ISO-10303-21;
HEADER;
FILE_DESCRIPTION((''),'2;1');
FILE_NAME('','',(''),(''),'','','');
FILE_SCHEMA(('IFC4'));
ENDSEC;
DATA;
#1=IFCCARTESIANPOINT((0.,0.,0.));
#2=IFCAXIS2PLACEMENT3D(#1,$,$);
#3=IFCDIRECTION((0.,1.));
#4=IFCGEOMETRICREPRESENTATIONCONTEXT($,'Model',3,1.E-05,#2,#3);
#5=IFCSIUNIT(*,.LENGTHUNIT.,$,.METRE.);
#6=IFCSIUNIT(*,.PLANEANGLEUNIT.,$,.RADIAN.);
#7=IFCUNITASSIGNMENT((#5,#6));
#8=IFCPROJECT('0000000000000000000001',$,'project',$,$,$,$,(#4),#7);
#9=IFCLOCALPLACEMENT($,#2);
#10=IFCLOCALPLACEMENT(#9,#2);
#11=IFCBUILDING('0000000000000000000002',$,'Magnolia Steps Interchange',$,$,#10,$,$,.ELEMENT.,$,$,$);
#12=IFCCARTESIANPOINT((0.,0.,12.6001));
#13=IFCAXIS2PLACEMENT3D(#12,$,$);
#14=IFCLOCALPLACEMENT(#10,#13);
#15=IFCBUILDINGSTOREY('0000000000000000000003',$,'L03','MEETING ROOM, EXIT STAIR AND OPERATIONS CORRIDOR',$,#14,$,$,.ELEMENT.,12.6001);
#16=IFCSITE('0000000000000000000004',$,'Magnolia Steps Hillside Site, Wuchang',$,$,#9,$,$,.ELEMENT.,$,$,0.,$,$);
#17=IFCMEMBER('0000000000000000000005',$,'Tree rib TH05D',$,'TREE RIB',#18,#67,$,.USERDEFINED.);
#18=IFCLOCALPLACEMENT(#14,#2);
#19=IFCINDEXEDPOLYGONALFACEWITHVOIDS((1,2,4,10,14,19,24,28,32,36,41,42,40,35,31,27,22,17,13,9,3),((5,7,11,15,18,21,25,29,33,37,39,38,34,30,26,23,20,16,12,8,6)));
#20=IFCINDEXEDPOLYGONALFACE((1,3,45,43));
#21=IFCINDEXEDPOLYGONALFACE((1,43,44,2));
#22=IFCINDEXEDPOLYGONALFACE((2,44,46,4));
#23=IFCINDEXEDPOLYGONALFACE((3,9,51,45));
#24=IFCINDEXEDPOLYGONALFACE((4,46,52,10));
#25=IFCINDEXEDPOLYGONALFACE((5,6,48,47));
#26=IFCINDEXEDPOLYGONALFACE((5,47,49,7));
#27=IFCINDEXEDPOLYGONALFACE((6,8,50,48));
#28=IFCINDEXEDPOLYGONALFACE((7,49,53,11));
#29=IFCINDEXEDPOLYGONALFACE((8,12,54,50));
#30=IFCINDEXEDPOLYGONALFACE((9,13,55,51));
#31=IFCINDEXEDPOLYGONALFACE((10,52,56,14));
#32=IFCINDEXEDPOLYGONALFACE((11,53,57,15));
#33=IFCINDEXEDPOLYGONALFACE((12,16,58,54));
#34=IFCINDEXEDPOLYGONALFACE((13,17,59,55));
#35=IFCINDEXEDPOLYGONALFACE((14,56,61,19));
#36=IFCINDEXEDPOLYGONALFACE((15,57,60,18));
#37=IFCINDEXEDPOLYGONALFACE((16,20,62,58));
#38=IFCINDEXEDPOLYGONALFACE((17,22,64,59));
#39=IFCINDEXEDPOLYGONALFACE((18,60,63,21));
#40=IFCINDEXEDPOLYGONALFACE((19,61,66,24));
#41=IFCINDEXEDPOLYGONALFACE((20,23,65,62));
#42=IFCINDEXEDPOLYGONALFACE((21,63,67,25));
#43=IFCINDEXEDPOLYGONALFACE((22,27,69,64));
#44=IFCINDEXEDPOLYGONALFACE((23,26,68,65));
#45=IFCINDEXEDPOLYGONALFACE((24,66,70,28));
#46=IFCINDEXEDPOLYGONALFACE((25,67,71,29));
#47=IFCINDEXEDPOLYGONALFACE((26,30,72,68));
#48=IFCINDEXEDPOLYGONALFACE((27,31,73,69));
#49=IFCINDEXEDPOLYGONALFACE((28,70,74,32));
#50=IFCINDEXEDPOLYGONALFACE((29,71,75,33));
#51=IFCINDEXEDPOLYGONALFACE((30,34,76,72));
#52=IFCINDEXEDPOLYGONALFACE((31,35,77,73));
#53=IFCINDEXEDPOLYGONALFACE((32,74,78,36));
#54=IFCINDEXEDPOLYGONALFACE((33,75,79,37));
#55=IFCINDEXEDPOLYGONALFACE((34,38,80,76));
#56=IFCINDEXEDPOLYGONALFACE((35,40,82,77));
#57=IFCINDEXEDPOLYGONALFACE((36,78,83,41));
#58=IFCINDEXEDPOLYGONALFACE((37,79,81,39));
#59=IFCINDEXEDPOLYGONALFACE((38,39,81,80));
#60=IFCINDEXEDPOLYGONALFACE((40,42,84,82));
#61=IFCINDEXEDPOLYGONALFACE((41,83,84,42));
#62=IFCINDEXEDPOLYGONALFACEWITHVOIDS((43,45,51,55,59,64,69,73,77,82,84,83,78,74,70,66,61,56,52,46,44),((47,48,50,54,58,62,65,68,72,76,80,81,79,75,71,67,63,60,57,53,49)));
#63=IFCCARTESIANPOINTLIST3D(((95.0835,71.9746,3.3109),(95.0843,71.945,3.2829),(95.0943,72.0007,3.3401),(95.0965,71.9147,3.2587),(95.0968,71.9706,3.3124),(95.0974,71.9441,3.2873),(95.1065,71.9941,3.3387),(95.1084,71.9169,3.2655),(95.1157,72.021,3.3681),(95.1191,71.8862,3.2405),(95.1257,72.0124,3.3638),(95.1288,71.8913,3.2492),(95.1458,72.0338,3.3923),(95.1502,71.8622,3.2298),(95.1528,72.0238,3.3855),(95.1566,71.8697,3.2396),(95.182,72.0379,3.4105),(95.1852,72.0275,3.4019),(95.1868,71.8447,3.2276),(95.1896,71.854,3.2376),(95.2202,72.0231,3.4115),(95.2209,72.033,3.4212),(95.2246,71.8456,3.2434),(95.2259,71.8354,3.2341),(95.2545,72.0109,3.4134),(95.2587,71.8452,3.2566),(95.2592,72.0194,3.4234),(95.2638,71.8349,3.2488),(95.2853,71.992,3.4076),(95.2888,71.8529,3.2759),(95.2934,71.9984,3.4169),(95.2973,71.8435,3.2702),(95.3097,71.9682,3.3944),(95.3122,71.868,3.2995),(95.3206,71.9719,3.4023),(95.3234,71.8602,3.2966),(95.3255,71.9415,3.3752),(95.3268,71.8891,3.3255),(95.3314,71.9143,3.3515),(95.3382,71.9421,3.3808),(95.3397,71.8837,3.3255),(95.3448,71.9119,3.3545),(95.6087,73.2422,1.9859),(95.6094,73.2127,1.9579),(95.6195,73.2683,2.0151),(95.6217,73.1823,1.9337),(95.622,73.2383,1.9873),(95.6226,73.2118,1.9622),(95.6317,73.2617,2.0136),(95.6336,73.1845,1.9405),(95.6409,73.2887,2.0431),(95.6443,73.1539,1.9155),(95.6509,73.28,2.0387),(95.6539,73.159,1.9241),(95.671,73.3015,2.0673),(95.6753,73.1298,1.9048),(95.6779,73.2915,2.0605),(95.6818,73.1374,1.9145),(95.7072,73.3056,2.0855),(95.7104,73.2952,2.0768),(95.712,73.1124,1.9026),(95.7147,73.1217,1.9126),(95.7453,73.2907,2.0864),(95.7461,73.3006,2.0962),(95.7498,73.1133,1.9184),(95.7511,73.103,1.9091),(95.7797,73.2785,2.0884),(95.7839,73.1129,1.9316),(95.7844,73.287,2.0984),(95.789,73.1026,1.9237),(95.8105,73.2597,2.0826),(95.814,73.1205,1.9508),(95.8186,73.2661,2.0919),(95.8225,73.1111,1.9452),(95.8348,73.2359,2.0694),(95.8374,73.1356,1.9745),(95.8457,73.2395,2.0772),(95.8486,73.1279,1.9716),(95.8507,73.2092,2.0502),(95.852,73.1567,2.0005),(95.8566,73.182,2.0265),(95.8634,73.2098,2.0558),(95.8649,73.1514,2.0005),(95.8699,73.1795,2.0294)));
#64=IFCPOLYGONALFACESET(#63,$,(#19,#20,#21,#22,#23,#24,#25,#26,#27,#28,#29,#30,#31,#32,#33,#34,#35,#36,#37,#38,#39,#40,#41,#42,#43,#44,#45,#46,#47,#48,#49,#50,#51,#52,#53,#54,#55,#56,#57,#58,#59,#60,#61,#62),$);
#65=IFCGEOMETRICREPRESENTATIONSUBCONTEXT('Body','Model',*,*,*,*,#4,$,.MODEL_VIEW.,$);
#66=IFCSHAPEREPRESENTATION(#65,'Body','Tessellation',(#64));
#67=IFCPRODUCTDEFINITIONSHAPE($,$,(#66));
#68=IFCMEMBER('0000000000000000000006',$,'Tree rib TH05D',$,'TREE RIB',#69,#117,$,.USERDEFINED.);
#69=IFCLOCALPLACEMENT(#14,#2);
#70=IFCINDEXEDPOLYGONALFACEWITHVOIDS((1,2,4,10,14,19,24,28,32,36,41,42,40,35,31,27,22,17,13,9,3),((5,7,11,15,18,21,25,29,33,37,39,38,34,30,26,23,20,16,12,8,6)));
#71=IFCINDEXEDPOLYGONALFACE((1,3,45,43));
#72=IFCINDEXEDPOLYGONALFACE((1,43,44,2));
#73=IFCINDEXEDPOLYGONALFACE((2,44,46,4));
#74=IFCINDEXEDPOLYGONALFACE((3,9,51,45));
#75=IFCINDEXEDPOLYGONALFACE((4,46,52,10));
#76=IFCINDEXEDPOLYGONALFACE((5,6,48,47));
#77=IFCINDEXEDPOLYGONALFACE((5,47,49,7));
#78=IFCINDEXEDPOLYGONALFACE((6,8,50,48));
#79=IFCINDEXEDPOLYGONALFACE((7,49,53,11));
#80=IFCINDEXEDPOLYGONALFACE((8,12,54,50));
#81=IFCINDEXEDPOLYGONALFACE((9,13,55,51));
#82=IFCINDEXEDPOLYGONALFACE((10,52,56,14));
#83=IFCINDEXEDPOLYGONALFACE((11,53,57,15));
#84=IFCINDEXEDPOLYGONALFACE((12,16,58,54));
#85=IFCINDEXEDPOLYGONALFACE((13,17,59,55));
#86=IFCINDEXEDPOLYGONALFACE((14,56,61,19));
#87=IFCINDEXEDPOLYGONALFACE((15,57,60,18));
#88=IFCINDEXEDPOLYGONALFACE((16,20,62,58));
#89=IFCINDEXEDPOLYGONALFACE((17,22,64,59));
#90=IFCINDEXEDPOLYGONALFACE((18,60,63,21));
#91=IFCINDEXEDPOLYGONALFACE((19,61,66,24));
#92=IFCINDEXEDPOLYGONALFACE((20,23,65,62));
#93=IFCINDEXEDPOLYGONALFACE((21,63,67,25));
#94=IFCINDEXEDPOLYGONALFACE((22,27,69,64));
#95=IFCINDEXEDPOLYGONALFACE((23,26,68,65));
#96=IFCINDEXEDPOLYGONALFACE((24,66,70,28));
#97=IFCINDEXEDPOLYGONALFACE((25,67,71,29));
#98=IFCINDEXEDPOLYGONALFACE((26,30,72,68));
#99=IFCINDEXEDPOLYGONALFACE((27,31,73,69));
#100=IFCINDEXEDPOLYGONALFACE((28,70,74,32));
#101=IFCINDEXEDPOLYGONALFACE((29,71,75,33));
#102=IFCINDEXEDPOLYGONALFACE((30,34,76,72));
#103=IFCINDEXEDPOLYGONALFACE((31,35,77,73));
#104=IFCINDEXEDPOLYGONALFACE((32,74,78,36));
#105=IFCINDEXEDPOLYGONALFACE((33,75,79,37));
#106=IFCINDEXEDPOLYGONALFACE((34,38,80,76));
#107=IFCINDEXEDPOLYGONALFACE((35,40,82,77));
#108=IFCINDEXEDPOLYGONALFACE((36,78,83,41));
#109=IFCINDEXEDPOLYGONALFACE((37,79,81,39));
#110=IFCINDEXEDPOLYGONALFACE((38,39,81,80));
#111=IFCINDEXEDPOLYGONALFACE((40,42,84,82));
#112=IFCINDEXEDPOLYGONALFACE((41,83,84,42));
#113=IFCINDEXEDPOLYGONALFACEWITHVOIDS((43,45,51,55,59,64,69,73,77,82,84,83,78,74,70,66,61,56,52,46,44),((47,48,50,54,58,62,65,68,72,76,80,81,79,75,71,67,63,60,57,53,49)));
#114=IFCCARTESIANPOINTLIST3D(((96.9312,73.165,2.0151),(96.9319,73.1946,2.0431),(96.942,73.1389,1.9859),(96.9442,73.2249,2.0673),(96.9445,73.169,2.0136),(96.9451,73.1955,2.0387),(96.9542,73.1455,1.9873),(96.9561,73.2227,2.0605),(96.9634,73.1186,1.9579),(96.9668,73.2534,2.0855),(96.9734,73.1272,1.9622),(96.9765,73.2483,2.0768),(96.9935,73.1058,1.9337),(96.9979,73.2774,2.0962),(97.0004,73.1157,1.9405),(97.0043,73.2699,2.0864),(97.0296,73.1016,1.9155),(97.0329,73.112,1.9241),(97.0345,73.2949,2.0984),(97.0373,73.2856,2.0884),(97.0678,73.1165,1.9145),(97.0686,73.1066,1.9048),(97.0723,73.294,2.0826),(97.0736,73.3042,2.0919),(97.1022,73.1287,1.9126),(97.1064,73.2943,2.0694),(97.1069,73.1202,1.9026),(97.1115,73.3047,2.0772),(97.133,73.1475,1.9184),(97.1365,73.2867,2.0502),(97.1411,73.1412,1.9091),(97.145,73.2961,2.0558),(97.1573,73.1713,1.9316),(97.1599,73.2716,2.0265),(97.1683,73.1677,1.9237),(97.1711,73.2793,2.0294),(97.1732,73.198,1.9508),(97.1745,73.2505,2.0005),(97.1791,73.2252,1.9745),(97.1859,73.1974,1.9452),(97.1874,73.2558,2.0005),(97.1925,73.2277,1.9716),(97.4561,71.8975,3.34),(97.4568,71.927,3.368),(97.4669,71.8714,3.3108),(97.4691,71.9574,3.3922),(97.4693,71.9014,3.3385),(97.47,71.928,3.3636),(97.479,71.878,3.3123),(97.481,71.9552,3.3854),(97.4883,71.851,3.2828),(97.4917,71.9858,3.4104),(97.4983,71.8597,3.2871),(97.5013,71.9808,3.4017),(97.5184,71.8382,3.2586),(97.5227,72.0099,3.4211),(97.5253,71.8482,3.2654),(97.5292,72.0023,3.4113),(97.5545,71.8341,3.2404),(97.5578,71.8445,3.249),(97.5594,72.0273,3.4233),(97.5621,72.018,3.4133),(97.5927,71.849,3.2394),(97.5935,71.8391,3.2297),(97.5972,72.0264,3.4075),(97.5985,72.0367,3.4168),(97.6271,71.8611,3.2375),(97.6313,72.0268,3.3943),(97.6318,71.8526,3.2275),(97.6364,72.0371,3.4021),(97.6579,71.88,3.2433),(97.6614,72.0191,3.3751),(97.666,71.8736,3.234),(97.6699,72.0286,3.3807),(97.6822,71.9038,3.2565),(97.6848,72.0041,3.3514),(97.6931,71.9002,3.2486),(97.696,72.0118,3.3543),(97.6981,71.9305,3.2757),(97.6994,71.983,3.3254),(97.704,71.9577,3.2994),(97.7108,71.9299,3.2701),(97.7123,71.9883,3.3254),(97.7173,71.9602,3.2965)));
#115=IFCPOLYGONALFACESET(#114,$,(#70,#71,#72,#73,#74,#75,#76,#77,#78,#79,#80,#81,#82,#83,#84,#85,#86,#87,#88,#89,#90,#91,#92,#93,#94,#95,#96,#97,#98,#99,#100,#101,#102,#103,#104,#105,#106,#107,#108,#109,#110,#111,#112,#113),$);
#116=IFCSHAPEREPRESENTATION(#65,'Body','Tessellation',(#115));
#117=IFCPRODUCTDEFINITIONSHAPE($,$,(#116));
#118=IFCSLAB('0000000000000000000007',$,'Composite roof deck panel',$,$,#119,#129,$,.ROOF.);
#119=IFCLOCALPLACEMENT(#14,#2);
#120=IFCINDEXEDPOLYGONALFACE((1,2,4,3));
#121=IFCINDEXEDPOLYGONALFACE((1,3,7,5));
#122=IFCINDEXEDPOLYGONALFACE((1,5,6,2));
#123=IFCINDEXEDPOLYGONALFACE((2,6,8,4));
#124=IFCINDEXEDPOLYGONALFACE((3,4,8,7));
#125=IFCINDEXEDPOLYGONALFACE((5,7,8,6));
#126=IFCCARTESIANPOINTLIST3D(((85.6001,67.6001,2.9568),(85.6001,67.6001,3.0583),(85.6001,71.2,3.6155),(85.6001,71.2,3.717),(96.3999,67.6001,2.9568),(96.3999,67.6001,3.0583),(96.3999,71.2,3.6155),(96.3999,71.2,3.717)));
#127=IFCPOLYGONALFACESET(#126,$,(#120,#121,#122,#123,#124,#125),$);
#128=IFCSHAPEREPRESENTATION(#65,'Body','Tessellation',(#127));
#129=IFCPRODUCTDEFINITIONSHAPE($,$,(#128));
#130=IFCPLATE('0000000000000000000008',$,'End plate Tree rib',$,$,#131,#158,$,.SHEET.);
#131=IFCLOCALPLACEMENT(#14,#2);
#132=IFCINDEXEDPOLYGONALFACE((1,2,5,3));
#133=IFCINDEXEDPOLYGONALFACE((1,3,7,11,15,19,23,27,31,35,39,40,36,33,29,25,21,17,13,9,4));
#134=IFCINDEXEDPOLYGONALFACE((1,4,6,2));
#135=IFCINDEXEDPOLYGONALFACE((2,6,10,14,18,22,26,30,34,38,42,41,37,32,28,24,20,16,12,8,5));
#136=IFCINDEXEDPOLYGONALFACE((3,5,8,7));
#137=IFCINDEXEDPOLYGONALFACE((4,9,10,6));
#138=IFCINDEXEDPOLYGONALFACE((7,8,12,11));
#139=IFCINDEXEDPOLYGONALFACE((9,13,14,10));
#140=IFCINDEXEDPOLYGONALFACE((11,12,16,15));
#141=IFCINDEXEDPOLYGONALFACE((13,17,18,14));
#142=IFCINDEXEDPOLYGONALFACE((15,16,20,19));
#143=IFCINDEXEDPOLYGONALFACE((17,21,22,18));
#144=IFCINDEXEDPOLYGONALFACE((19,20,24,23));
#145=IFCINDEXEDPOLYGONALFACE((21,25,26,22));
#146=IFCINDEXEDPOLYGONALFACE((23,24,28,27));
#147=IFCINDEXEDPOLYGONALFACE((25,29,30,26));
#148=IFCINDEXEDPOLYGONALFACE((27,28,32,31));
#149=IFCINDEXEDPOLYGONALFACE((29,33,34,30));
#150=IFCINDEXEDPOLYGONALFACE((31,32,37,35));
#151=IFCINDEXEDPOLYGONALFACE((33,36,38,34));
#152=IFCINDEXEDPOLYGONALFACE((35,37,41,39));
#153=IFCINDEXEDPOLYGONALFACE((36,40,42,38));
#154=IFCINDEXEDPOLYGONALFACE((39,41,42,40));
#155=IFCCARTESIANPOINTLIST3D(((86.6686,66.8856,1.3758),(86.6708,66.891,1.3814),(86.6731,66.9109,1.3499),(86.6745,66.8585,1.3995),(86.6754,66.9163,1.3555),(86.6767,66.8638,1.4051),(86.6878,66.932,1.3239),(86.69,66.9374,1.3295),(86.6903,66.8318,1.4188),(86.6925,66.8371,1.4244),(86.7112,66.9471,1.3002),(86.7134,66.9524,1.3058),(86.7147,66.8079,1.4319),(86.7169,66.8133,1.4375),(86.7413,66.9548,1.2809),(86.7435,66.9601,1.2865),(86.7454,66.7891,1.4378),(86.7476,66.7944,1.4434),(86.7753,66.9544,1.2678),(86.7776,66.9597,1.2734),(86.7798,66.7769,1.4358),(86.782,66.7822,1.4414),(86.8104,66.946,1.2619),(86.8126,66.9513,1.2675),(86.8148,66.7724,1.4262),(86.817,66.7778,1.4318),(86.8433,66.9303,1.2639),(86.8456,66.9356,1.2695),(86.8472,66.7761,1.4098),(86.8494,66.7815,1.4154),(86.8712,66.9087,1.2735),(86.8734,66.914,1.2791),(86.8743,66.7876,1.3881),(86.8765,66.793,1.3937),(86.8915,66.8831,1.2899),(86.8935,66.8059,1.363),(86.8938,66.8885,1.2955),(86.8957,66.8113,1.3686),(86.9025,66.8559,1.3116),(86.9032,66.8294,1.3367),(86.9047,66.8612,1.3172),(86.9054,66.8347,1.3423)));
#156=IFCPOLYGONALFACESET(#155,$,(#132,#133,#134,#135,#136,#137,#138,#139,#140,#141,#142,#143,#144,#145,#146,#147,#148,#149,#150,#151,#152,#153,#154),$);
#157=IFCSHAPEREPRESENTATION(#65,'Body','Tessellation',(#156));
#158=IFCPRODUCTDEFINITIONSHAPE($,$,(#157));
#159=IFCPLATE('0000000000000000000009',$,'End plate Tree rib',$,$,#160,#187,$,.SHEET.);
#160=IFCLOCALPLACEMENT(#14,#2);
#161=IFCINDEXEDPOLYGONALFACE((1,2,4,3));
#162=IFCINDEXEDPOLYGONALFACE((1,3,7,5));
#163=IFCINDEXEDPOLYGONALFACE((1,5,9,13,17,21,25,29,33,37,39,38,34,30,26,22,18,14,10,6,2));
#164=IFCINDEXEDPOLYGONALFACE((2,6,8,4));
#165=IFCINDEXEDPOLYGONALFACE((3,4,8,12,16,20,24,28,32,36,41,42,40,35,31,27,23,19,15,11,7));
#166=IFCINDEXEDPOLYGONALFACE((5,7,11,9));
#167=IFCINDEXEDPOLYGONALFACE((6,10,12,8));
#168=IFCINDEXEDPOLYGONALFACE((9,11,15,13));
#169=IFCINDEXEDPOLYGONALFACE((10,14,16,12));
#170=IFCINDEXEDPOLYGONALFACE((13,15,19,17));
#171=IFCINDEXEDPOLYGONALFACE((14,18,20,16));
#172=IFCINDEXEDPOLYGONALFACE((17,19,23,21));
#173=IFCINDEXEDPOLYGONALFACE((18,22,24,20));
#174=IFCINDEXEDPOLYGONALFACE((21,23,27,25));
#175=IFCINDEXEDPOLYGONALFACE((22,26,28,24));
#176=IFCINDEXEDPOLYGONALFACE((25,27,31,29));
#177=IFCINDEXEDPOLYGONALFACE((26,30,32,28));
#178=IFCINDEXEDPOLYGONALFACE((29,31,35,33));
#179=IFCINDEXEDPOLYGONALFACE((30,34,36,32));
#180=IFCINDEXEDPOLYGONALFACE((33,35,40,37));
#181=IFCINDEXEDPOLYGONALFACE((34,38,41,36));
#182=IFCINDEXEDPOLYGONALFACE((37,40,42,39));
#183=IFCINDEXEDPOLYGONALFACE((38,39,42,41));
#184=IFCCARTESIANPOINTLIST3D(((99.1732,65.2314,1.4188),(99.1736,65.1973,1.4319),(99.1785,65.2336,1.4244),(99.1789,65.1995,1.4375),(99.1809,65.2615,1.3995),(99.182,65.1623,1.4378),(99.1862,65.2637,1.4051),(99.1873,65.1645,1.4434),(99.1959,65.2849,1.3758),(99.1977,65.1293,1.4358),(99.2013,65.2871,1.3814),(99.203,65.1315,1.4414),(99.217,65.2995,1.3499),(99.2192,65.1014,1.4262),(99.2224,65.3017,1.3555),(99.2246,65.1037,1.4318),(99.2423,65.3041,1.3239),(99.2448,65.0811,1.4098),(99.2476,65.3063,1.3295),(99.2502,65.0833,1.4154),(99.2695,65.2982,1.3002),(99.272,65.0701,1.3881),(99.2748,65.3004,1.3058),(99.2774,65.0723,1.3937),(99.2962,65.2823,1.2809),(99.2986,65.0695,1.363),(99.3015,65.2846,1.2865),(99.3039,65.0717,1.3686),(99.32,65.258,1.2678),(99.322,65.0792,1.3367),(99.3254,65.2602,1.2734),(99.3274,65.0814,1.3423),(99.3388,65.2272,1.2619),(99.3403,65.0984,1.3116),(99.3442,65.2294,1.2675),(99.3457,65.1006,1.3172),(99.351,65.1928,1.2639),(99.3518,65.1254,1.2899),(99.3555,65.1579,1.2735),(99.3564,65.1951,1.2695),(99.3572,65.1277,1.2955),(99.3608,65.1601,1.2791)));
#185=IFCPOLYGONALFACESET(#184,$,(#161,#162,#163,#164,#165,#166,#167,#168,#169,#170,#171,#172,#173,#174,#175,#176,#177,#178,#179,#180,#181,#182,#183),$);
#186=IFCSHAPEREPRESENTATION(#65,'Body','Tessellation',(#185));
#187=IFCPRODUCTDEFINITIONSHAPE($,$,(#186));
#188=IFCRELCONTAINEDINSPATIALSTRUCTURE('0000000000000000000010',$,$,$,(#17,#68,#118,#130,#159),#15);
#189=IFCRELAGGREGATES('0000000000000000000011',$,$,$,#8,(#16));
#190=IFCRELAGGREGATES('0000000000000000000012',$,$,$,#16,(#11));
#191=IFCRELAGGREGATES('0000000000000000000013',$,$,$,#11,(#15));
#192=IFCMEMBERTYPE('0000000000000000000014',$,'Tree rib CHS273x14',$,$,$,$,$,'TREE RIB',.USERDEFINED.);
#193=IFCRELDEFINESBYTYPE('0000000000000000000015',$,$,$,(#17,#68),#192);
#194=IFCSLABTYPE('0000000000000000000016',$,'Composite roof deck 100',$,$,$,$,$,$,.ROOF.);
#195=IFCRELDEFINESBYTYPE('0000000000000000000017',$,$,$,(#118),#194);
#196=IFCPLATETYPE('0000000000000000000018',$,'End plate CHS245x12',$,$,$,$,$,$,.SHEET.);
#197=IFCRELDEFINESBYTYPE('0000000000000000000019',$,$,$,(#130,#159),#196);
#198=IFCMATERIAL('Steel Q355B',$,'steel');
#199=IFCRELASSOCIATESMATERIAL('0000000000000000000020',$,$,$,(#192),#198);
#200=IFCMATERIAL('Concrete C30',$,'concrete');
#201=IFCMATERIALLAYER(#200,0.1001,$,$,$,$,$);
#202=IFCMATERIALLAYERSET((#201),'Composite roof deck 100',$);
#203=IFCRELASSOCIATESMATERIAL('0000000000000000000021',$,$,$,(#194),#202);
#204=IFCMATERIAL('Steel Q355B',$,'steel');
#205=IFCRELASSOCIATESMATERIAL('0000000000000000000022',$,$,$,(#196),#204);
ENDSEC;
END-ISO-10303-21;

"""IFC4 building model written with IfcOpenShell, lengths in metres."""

from ifc_helpers import new_model, si_unit, direction, frame, origin, origin_2d, place, context, subcontext, project, spatial, polyline, circle, hollow_circle, outline, extrude, material, layer, layer_set, material_profile, profile_set, type_object, element, save


model = new_model("IFC4")

# Units and contexts
model_context = context("Model", 3, precision=1e-05, world=origin(), true_north=direction((0.0, 1.0)))
body_context = subcontext(model_context, "Body", "Model", "MODEL_VIEW")
ifc_project = project(units=[si_unit("LENGTHUNIT", "METRE"), si_unit("PLANEANGLEUNIT", "RADIAN")], contexts=[model_context])

# Site, building, storey
site_placement = place(None, origin())
site = spatial("IfcSite", under=ifc_project, at=site_placement, Name="Magnolia Steps Hillside Site, Wuchang", CompositionType="ELEMENT", RefElevation=0.0)
building_placement = place(site_placement, origin())
building = spatial("IfcBuilding", under=site, at=building_placement, Name="Magnolia Steps Interchange", CompositionType="ELEMENT")
storey_placement = place(building_placement, frame((0.0, 0.0, 12.6001)))
storey = spatial("IfcBuildingStorey", under=building, at=storey_placement, Name="L03", Description="MEETING ROOM, EXIT STAIR AND OPERATIONS CORRIDOR", CompositionType="ELEMENT", Elevation=12.6001)

# Members
ifc_material_1 = material(Name="Steel Q355B", Category="steel")
ifc_material_profile_1 = material_profile(ifc_material_1, hollow_circle(Radius=0.1365, WallThickness=0.0139, at=origin_2d()), Name="CHS273x14")
ifc_profile_set_1 = profile_set([ifc_material_profile_1], Name="Steel Q355B")
member_type_1 = type_object("IfcMemberType", Name="Tree rib CHS273x14", ElementType="TREE RIB", PredefinedType="USERDEFINED", material=ifc_profile_set_1)
for number, where, z_axis, x_axis, name in (
    (1, (95.7388, 73.2036, 2.0005), (-0.275326, -0.664571, 0.694651), (0.923854, -0.382745, 0.0), "Tree rib TH05D"),
):
    element("IfcMember", number, at=place(storey_placement, frame(where, z_axis=z_axis, x_axis=x_axis)), inside=storey, type_object=member_type_1, Name=name, ObjectType="TREE RIB", PredefinedType="USERDEFINED", context=body_context, shape_type="SweptSolid", body=[
        extrude(hollow_circle(Radius=0.1365, WallThickness=0.0139, at=origin_2d()), origin(), (0.0, 0.0, 1.0), 1.9075),
    ])
member_placement = place(storey_placement, frame((97.0613, 73.2036, 2.0005), z_axis=(0.275208, -0.664595, 0.694676), x_axis=(0.923917, 0.382593, 0.0)))
element("IfcMember", 2, at=member_placement, inside=storey, type_object=member_type_1, Name="Tree rib TH05D", ObjectType="TREE RIB", PredefinedType="USERDEFINED", context=body_context, shape_type="SweptSolid", body=[
    extrude(hollow_circle(Radius=0.1365, WallThickness=0.0139, at=origin_2d()), origin(), (0.0, 0.0, 1.0), 1.9072),
])

# Slab
ifc_material_2 = material(Name="Concrete C30", Category="concrete")
ifc_layer = layer(ifc_material_2, 0.1001)
ifc_layer_set = layer_set([ifc_layer], Name="Composite roof deck 100")
slab_type = type_object("IfcSlabType", Name="Composite roof deck 100", PredefinedType="ROOF", material=ifc_layer_set)
slab_placement = place(storey_placement, frame((96.3999, 67.6001, 3.0583), z_axis=(0.0, -0.179989, 0.983669), x_axis=(0.0, 0.983669, 0.179989)))
element("IfcSlab", 3, at=slab_placement, inside=storey, type_object=slab_type, Name="Composite roof deck panel", PredefinedType="ROOF", context=body_context, shape_type="SweptSolid", body=[
    extrude(outline(polyline([(0.0, 0.0), (3.6596, 0.0), (3.6596, 10.7998), (0.0, 10.7998), (0.0, 0.0)])), origin(), (-0.179989, 0.0, -0.983669), 0.1016),
])

# Plates
ifc_material_3 = material(Name="Steel Q355B", Category="steel")
ifc_material_profile_2 = material_profile(ifc_material_3, circle(Radius=0.1226, at=origin_2d()), Name="End plate CHS245x12")
ifc_profile_set_2 = profile_set([ifc_material_profile_2], Name="Steel Q355B")
plate_type_1 = type_object("IfcPlateType", Name="End plate CHS245x12", PredefinedType="SHEET", material=ifc_profile_set_2)
for number, where, z_axis, x_axis, name in (
    (4, (86.7864, 66.864, 1.3499), (0.275279, 0.664583, 0.694658), (-0.92388, 0.382683, 0.0), "End plate Tree rib"),
    (5, (99.2639, 65.1863, 1.3499), (0.664583, 0.275279, 0.694658), (-0.382683, 0.92388, 0.0), "End plate Tree rib"),
):
    element("IfcPlate", number, at=place(storey_placement, frame(where, z_axis=z_axis, x_axis=x_axis)), inside=storey, type_object=plate_type_1, Name=name, PredefinedType="SHEET", context=body_context, shape_type="SweptSolid", body=[
        extrude(circle(Radius=0.1226, at=origin_2d()), origin(), (0.0, 0.0, 1.0), 0.0081),
    ])

save(model, "model.ifc")
